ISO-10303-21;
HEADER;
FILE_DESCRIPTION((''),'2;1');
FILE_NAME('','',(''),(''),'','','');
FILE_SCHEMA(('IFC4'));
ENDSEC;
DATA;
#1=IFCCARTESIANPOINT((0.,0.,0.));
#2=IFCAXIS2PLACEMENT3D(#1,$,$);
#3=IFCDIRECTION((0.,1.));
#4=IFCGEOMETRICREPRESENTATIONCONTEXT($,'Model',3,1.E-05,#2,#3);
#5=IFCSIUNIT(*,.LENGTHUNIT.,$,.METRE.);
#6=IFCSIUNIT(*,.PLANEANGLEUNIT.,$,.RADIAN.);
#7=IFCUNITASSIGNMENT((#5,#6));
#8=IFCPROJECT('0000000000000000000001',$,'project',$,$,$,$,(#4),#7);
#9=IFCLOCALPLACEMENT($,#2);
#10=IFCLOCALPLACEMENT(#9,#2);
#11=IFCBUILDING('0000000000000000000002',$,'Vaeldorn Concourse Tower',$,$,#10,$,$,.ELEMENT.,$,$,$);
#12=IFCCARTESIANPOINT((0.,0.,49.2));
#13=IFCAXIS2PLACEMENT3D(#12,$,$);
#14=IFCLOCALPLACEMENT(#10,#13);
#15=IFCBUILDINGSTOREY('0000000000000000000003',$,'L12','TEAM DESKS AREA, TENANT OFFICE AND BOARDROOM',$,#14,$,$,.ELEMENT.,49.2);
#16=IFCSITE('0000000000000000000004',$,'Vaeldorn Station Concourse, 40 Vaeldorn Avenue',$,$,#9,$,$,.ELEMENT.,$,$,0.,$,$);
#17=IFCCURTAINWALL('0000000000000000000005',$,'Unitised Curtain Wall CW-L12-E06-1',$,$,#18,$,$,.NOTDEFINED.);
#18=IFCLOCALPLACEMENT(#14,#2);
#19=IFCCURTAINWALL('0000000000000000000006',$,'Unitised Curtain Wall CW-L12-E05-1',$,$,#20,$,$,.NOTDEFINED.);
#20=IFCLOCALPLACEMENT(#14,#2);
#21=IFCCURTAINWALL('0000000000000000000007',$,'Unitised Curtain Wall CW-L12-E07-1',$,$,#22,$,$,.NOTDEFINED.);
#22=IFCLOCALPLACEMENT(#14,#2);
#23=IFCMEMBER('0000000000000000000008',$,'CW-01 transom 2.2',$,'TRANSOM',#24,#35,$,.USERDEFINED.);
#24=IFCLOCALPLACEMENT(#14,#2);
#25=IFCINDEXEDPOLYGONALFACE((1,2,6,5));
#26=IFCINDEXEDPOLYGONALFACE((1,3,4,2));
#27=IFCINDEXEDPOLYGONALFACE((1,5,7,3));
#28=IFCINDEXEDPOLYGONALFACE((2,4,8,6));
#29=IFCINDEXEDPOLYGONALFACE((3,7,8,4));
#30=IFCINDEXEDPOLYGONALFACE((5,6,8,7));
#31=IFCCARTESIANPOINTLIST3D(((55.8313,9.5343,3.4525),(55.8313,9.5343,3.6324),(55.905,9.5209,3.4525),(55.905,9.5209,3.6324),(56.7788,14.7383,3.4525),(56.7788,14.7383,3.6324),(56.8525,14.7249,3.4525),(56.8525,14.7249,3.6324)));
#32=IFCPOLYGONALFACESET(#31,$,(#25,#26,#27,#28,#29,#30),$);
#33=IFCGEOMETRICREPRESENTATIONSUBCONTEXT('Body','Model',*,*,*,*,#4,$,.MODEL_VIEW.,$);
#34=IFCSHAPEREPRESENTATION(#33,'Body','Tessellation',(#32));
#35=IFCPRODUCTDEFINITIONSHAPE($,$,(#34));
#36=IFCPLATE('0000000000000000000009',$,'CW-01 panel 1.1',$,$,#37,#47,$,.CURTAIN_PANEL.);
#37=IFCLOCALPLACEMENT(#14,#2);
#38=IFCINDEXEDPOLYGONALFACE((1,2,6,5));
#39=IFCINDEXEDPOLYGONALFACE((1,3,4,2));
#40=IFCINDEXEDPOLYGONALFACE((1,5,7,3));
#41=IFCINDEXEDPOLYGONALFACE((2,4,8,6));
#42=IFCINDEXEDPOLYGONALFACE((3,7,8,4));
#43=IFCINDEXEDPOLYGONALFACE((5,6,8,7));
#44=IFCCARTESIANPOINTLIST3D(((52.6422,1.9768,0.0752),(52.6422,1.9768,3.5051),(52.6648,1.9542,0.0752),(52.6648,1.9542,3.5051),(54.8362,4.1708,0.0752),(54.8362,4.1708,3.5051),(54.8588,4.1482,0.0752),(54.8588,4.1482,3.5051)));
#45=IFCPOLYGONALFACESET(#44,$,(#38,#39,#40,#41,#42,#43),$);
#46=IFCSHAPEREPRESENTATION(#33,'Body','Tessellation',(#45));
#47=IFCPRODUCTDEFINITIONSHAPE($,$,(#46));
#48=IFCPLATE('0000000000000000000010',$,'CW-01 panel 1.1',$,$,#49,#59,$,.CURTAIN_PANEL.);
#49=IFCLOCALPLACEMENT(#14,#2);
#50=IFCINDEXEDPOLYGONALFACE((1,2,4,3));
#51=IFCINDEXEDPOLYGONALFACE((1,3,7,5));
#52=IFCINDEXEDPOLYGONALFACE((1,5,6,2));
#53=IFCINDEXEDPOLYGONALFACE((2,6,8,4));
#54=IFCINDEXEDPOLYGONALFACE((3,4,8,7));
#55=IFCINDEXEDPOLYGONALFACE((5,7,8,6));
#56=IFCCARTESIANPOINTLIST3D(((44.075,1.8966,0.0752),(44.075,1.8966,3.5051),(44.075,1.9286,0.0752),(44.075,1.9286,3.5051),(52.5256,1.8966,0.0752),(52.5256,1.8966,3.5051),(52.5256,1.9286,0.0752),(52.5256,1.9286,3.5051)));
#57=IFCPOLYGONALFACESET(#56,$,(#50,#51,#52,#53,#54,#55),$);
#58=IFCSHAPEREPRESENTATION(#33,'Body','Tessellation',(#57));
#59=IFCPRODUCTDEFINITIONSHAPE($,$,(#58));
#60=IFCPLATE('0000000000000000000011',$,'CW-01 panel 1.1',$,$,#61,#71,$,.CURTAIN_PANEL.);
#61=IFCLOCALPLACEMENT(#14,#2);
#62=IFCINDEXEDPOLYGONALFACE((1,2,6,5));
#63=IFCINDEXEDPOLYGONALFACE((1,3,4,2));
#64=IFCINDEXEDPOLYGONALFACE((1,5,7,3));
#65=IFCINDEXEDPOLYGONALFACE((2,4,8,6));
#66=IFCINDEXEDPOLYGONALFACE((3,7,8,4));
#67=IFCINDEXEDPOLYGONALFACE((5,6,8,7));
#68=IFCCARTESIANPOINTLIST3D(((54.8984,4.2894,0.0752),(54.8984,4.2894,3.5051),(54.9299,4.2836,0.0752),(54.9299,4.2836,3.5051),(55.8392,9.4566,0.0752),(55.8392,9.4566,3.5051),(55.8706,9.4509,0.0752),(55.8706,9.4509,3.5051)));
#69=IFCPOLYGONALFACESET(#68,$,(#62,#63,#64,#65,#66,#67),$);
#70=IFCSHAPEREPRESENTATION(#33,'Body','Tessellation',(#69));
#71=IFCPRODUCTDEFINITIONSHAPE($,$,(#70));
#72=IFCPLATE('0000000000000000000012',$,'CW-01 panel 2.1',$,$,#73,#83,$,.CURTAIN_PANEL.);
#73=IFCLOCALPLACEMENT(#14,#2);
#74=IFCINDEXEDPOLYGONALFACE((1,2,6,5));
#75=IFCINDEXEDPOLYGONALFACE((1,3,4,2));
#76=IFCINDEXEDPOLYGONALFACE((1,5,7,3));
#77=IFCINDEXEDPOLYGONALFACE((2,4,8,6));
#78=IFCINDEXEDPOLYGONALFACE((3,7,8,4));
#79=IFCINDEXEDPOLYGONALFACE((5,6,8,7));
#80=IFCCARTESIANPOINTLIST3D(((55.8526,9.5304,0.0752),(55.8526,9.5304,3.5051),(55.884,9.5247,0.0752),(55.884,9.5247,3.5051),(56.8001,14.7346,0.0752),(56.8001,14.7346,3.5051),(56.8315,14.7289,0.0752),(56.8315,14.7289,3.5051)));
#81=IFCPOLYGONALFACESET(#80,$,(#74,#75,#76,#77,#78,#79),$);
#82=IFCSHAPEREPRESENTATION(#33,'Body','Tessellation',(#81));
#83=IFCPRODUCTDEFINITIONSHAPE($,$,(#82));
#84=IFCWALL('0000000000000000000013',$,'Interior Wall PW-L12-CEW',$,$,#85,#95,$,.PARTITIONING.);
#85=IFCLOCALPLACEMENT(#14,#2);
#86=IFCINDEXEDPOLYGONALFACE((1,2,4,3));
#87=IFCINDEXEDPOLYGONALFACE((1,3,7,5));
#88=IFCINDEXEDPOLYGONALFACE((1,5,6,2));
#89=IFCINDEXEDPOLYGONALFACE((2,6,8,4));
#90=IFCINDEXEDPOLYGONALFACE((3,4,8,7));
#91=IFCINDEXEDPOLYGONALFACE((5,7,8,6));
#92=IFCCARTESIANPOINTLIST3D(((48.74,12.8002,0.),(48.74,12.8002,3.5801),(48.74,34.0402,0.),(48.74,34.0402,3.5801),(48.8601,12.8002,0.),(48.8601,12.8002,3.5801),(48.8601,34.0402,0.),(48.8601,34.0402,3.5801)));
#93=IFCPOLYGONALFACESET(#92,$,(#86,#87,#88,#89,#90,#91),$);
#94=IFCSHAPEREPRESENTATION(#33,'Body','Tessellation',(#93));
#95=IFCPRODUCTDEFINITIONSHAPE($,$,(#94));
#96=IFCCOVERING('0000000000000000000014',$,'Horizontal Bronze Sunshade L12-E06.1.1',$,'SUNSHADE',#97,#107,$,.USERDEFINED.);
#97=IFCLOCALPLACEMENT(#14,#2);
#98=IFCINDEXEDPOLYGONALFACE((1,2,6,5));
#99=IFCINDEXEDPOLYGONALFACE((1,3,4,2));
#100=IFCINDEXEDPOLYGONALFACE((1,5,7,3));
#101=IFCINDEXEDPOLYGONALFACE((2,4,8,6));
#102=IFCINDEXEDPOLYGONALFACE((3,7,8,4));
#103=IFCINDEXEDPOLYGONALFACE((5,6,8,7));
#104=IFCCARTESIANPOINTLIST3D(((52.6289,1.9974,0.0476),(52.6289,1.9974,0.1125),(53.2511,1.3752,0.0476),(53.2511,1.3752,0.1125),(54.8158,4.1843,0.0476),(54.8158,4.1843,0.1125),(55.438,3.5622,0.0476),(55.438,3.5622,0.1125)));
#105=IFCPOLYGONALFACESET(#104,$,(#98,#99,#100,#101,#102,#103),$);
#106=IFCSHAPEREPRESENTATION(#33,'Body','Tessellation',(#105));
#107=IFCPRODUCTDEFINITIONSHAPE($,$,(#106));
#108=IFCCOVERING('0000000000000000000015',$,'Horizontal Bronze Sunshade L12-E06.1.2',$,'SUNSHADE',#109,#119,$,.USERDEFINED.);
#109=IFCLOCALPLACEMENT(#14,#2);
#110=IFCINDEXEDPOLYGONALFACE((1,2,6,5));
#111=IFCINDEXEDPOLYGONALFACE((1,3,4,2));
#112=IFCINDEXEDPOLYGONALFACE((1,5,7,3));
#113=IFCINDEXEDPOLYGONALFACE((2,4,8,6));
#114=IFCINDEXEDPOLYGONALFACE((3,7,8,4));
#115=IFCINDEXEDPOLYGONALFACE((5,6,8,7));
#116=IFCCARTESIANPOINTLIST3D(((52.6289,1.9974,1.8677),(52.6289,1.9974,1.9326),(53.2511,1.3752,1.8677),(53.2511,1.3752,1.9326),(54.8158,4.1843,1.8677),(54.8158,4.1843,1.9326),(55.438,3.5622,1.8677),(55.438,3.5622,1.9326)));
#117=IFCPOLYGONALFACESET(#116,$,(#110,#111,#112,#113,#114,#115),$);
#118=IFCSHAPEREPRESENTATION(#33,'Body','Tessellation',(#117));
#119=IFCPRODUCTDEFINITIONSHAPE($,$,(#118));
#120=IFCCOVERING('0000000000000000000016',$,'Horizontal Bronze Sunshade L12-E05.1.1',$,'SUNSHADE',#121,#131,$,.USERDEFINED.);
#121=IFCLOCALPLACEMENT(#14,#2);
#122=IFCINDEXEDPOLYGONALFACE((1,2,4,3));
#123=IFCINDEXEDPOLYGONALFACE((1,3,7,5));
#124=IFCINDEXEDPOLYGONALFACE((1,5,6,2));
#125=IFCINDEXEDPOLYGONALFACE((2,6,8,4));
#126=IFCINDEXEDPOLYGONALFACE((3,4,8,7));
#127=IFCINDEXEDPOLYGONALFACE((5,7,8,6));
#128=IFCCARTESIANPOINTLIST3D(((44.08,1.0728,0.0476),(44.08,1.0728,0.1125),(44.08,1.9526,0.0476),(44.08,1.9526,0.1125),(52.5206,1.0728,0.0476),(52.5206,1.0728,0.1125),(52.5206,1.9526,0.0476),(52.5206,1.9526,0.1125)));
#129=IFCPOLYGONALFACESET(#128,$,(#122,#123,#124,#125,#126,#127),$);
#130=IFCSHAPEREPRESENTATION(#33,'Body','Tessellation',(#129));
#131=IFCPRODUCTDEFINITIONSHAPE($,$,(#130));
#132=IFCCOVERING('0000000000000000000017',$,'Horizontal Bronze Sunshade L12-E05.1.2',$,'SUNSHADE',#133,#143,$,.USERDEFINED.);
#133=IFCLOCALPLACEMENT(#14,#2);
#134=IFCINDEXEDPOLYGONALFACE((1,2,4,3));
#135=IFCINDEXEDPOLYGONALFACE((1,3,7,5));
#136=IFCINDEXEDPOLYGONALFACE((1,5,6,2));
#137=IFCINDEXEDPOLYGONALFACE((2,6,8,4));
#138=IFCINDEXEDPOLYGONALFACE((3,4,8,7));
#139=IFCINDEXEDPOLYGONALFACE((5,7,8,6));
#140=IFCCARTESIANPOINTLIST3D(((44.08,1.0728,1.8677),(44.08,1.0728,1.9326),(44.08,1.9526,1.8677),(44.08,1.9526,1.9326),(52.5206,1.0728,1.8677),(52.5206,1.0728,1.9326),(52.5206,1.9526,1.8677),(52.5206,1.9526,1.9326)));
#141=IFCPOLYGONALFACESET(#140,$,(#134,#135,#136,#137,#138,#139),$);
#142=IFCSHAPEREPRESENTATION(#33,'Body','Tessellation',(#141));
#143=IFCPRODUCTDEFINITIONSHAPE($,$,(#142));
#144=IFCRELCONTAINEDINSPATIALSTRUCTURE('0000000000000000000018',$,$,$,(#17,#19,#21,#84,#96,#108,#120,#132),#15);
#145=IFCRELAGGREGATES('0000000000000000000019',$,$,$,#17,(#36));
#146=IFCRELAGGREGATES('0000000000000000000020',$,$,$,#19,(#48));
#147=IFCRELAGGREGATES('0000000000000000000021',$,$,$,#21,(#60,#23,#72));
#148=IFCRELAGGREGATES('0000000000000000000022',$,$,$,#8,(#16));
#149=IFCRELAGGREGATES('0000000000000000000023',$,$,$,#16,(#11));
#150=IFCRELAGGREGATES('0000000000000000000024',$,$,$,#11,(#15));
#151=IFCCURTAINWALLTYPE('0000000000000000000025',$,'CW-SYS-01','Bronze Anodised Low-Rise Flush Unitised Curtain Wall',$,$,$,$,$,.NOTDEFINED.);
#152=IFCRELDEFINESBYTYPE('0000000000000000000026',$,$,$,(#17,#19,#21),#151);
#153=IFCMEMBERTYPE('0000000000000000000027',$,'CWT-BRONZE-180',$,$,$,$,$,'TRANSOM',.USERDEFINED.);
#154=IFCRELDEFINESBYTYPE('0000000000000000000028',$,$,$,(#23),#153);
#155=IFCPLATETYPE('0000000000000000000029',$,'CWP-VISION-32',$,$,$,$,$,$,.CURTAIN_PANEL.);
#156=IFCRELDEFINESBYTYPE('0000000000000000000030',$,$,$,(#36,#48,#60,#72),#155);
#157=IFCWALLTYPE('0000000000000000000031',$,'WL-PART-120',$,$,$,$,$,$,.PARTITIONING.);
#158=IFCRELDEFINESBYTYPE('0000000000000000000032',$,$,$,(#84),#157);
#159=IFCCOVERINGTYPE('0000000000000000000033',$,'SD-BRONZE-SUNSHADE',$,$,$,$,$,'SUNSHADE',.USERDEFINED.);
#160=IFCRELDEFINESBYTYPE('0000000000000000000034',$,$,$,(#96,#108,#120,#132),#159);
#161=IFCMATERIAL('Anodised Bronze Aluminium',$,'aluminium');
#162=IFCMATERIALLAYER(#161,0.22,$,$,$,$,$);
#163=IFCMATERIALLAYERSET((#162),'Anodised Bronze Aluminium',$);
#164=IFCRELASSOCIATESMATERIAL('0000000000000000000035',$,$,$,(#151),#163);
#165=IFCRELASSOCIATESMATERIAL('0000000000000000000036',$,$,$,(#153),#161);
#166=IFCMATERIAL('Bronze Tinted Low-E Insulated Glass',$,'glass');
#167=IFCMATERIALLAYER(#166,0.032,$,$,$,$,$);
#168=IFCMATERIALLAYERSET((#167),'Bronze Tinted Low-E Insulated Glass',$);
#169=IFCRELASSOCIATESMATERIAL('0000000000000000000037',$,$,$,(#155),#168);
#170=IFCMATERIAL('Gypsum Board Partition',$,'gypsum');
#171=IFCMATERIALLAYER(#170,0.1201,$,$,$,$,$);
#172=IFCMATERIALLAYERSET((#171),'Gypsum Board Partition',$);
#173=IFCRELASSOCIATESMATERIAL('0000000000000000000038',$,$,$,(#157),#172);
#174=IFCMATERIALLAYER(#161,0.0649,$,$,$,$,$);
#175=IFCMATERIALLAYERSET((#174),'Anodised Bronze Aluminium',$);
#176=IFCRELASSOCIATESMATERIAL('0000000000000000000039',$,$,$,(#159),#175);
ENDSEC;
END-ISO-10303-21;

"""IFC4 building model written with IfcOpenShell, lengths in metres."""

from ifc_helpers import new_model, si_unit, direction, frame, frame_2d, origin, origin_2d, place, context, subcontext, project, spatial, rectangle, extrude, source, transform, mapped, material, layer, layer_set, material_profile, profile_set, type_object, element, aggregate, save


model = new_model("IFC4")

# Units and contexts
model_context = context("Model", 3, precision=1e-05, world=origin(), true_north=direction((0.0, 1.0)))
body_context = subcontext(model_context, "Body", "Model", "MODEL_VIEW")
ifc_project = project(units=[si_unit("LENGTHUNIT", "METRE"), si_unit("PLANEANGLEUNIT", "RADIAN")], contexts=[model_context])

# Site, building, storey
site_placement = place(None, origin())
site = spatial("IfcSite", under=ifc_project, at=site_placement, Name="Vaeldorn Station Concourse, 40 Vaeldorn Avenue", CompositionType="ELEMENT", RefElevation=0.0)
building_placement = place(site_placement, origin())
building = spatial("IfcBuilding", under=site, at=building_placement, Name="Vaeldorn Concourse Tower", CompositionType="ELEMENT")
storey_placement = place(building_placement, frame((0.0, 0.0, 49.2)))
storey = spatial("IfcBuildingStorey", under=building, at=storey_placement, Name="L12", Description="TEAM DESKS AREA, TENANT OFFICE AND BOARDROOM", CompositionType="ELEMENT", Elevation=49.2)

# Curtain wall
ifc_material_1 = material(Name="Anodised Bronze Aluminium", Category="aluminium")
ifc_layer_1 = layer(ifc_material_1, 0.22)
ifc_layer_set_1 = layer_set([ifc_layer_1], Name="Anodised Bronze Aluminium")
curtain_wall_type = type_object("IfcCurtainWallType", Name="CW-SYS-01", Description="Bronze Anodised Low-Rise Flush Unitised Curtain Wall", PredefinedType="NOTDEFINED", material=ifc_layer_set_1)
curtain_wall_1_placement = place(storey_placement, origin())
curtain_wall_1 = element("IfcCurtainWall", 1, at=curtain_wall_1_placement, inside=storey, type_object=curtain_wall_type, Name="Unitised Curtain Wall CW-L12-E06-1", PredefinedType="NOTDEFINED")
ifc_material_profile_1 = material_profile(ifc_material_1, rectangle(XDim=0.075, YDim=0.1799, at=origin_2d()), Name="CWT 75x180")
ifc_profile_set_1 = profile_set([ifc_material_profile_1], Name="Anodised Bronze Aluminium")
member_type_1 = type_object("IfcMemberType", Name="CWT-BRONZE-180", ElementType="TRANSOM", PredefinedType="USERDEFINED", material=ifc_profile_set_1)

# Curtain wall
curtain_wall_2_placement = place(storey_placement, origin())
curtain_wall_2 = element("IfcCurtainWall", 2, at=curtain_wall_2_placement, inside=storey, type_object=curtain_wall_type, Name="Unitised Curtain Wall CW-L12-E05-1", PredefinedType="NOTDEFINED")

# Curtain wall, member
curtain_wall_3_placement = place(storey_placement, origin())
curtain_wall_3 = element("IfcCurtainWall", 3, at=curtain_wall_3_placement, inside=storey, type_object=curtain_wall_type, Name="Unitised Curtain Wall CW-L12-E07-1", PredefinedType="NOTDEFINED")
shared_shape_1 = source(origin(), body_context, "Body", "SweptSolid", [
    extrude(rectangle(XDim=0.075, YDim=0.1799, at=origin_2d()), origin(), (0.0, 0.0, 1.0), 5.2896),
])
member_1_placement = place(storey_placement, frame((55.8682, 9.5276, 3.5425), z_axis=(0.179125, 0.983826, 0.0), x_axis=(-0.983826, 0.179125, 0.0)))
member_1 = element("IfcMember", 4, at=member_1_placement, type_object=member_type_1, Name="CW-01 transom 2.2", ObjectType="TRANSOM", PredefinedType="USERDEFINED", context=body_context, shape_type="MappedRepresentation", body=[
    mapped(shared_shape_1, transform((0.0, 0.0, 0.0), scale=1.0)),
])

# Plates
ifc_material_2 = material(Name="Bronze Tinted Low-E Insulated Glass", Category="glass")
ifc_layer_2 = layer(ifc_material_2, 0.032)
ifc_layer_set_2 = layer_set([ifc_layer_2], Name="Bronze Tinted Low-E Insulated Glass")
plate_type = type_object("IfcPlateType", Name="CWP-VISION-32", PredefinedType="CURTAIN_PANEL", material=ifc_layer_set_2)
shared_shape_2 = source(origin(), body_context, "Body", "SweptSolid", [
    extrude(rectangle(XDim=3.1028, YDim=0.032, at=origin_2d()), origin(), (0.0, 0.0, 1.0), 3.4299),
])
plate_1_placement = place(storey_placement, frame((53.7505, 3.0625, 0.0752), z_axis=(0.0, 0.0, 1.0), x_axis=(0.707107, 0.707107, 0.0)))
plate_1 = element("IfcPlate", 5, at=plate_1_placement, type_object=plate_type, Name="CW-01 panel 1.1", PredefinedType="CURTAIN_PANEL", context=body_context, shape_type="MappedRepresentation", body=[
    mapped(shared_shape_2, transform((0.0, 0.0, 0.0), scale=1.0)),
])
aggregate(curtain_wall_1, [plate_1])
shared_shape_3 = source(origin(), body_context, "Body", "SweptSolid", [
    extrude(rectangle(XDim=8.4507, YDim=0.032, at=origin_2d()), origin(), (0.0, 0.0, 1.0), 3.4299),
])
plate_2_placement = place(storey_placement, frame((48.3003, 1.9126, 0.0752), z_axis=(0.0, 0.0, 1.0), x_axis=(1.0, 0.0, 0.0)))
plate_2 = element("IfcPlate", 6, at=plate_2_placement, type_object=plate_type, Name="CW-01 panel 1.1", PredefinedType="CURTAIN_PANEL", context=body_context, shape_type="MappedRepresentation", body=[
    mapped(shared_shape_3, transform((0.0, 0.0, 0.0), scale=1.0)),
])
aggregate(curtain_wall_2, [plate_2])
shared_shape_4 = source(origin(), body_context, "Body", "SweptSolid", [
    extrude(rectangle(XDim=5.2522, YDim=0.032, at=origin_2d()), origin(), (0.0, 0.0, 1.0), 3.4299),
])
plate_3_placement = place(storey_placement, frame((55.3845, 6.8701, 0.0752), z_axis=(0.0, 0.0, 1.0), x_axis=(0.179117, 0.983828, 0.0)))
plate_3 = element("IfcPlate", 7, at=plate_3_placement, type_object=plate_type, Name="CW-01 panel 1.1", PredefinedType="CURTAIN_PANEL", context=body_context, shape_type="MappedRepresentation", body=[
    mapped(shared_shape_4, transform((0.0, 0.0, 0.0), scale=1.0)),
])
shared_shape_5 = source(origin(), body_context, "Body", "SweptSolid", [
    extrude(rectangle(XDim=5.2898, YDim=0.032, at=origin_2d()), origin(), (0.0, 0.0, 1.0), 3.4299),
])
plate_4_placement = place(storey_placement, frame((56.342, 12.1296, 0.0752), z_axis=(0.0, 0.0, 1.0), x_axis=(0.179117, 0.983828, 0.0)))
plate_4 = element("IfcPlate", 8, at=plate_4_placement, type_object=plate_type, Name="CW-01 panel 2.1", PredefinedType="CURTAIN_PANEL", context=body_context, shape_type="MappedRepresentation", body=[
    mapped(shared_shape_5, transform((0.0, 0.0, 0.0), scale=1.0)),
])
aggregate(curtain_wall_3, [plate_3, member_1, plate_4])

# Wall
ifc_material_3 = material(Name="Gypsum Board Partition", Category="gypsum")
ifc_layer_3 = layer(ifc_material_3, 0.1201)
ifc_layer_set_3 = layer_set([ifc_layer_3], Name="Gypsum Board Partition")
wall_type = type_object("IfcWallType", Name="WL-PART-120", PredefinedType="PARTITIONING", material=ifc_layer_set_3)
wall_1_placement = place(storey_placement, frame((48.8, 12.8, 0.0), z_axis=(0.0, 0.0, 1.0), x_axis=(0.0, 1.0, 0.0)))
element("IfcWall", 9, at=wall_1_placement, inside=storey, type_object=wall_type, Name="Interior Wall PW-L12-CEW", PredefinedType="PARTITIONING", context=body_context, shape_type="SweptSolid", body=[
    extrude(rectangle(XDim=21.24, YDim=0.1201, at=frame_2d((10.6201, 0.0))), origin(), (0.0, 0.0, 1.0), 3.5801),
])

# Coverings
ifc_layer_4 = layer(ifc_material_1, 0.0649)
ifc_layer_set_4 = layer_set([ifc_layer_4], Name="Anodised Bronze Aluminium")
covering_type = type_object("IfcCoveringType", Name="SD-BRONZE-SUNSHADE", ElementType="SUNSHADE", PredefinedType="USERDEFINED", material=ifc_layer_set_4)
shared_shape_6 = source(origin(), body_context, "Body", "SweptSolid", [
    extrude(rectangle(XDim=3.0928, YDim=0.8799, at=origin_2d()), origin(), (0.0, 0.0, 1.0), 0.0649),
])
for number, where, z_axis, x_axis, name in (
    (10, (54.0334, 2.7798, 0.0476), (0.0, 0.0, 1.0), (0.707107, 0.707107, 0.0), "Horizontal Bronze Sunshade L12-E06.1.1"),
    (11, (54.0334, 2.7798, 1.8677), (0.0, 0.0, 1.0), (0.707107, 0.707107, 0.0), "Horizontal Bronze Sunshade L12-E06.1.2"),
):
    element("IfcCovering", number, at=place(storey_placement, frame(where, z_axis=z_axis, x_axis=x_axis)), inside=storey, type_object=covering_type, Name=name, ObjectType="SUNSHADE", PredefinedType="USERDEFINED", context=body_context, shape_type="MappedRepresentation", body=[
        mapped(shared_shape_6, transform((0.0, 0.0, 0.0), scale=1.0)),
    ])
shared_shape_7 = source(origin(), body_context, "Body", "SweptSolid", [
    extrude(rectangle(XDim=8.4407, YDim=0.8799, at=origin_2d()), origin(), (0.0, 0.0, 1.0), 0.0649),
])
for number, where, z_axis, x_axis, name in (
    (12, (48.3003, 1.5127, 0.0476), (0.0, 0.0, 1.0), (1.0, 0.0, 0.0), "Horizontal Bronze Sunshade L12-E05.1.1"),
    (13, (48.3003, 1.5127, 1.8677), (0.0, 0.0, 1.0), (1.0, 0.0, 0.0), "Horizontal Bronze Sunshade L12-E05.1.2"),
):
    element("IfcCovering", number, at=place(storey_placement, frame(where, z_axis=z_axis, x_axis=x_axis)), inside=storey, type_object=covering_type, Name=name, ObjectType="SUNSHADE", PredefinedType="USERDEFINED", context=body_context, shape_type="MappedRepresentation", body=[
        mapped(shared_shape_7, transform((0.0, 0.0, 0.0), scale=1.0)),
    ])

save(model, "model.ifc")
